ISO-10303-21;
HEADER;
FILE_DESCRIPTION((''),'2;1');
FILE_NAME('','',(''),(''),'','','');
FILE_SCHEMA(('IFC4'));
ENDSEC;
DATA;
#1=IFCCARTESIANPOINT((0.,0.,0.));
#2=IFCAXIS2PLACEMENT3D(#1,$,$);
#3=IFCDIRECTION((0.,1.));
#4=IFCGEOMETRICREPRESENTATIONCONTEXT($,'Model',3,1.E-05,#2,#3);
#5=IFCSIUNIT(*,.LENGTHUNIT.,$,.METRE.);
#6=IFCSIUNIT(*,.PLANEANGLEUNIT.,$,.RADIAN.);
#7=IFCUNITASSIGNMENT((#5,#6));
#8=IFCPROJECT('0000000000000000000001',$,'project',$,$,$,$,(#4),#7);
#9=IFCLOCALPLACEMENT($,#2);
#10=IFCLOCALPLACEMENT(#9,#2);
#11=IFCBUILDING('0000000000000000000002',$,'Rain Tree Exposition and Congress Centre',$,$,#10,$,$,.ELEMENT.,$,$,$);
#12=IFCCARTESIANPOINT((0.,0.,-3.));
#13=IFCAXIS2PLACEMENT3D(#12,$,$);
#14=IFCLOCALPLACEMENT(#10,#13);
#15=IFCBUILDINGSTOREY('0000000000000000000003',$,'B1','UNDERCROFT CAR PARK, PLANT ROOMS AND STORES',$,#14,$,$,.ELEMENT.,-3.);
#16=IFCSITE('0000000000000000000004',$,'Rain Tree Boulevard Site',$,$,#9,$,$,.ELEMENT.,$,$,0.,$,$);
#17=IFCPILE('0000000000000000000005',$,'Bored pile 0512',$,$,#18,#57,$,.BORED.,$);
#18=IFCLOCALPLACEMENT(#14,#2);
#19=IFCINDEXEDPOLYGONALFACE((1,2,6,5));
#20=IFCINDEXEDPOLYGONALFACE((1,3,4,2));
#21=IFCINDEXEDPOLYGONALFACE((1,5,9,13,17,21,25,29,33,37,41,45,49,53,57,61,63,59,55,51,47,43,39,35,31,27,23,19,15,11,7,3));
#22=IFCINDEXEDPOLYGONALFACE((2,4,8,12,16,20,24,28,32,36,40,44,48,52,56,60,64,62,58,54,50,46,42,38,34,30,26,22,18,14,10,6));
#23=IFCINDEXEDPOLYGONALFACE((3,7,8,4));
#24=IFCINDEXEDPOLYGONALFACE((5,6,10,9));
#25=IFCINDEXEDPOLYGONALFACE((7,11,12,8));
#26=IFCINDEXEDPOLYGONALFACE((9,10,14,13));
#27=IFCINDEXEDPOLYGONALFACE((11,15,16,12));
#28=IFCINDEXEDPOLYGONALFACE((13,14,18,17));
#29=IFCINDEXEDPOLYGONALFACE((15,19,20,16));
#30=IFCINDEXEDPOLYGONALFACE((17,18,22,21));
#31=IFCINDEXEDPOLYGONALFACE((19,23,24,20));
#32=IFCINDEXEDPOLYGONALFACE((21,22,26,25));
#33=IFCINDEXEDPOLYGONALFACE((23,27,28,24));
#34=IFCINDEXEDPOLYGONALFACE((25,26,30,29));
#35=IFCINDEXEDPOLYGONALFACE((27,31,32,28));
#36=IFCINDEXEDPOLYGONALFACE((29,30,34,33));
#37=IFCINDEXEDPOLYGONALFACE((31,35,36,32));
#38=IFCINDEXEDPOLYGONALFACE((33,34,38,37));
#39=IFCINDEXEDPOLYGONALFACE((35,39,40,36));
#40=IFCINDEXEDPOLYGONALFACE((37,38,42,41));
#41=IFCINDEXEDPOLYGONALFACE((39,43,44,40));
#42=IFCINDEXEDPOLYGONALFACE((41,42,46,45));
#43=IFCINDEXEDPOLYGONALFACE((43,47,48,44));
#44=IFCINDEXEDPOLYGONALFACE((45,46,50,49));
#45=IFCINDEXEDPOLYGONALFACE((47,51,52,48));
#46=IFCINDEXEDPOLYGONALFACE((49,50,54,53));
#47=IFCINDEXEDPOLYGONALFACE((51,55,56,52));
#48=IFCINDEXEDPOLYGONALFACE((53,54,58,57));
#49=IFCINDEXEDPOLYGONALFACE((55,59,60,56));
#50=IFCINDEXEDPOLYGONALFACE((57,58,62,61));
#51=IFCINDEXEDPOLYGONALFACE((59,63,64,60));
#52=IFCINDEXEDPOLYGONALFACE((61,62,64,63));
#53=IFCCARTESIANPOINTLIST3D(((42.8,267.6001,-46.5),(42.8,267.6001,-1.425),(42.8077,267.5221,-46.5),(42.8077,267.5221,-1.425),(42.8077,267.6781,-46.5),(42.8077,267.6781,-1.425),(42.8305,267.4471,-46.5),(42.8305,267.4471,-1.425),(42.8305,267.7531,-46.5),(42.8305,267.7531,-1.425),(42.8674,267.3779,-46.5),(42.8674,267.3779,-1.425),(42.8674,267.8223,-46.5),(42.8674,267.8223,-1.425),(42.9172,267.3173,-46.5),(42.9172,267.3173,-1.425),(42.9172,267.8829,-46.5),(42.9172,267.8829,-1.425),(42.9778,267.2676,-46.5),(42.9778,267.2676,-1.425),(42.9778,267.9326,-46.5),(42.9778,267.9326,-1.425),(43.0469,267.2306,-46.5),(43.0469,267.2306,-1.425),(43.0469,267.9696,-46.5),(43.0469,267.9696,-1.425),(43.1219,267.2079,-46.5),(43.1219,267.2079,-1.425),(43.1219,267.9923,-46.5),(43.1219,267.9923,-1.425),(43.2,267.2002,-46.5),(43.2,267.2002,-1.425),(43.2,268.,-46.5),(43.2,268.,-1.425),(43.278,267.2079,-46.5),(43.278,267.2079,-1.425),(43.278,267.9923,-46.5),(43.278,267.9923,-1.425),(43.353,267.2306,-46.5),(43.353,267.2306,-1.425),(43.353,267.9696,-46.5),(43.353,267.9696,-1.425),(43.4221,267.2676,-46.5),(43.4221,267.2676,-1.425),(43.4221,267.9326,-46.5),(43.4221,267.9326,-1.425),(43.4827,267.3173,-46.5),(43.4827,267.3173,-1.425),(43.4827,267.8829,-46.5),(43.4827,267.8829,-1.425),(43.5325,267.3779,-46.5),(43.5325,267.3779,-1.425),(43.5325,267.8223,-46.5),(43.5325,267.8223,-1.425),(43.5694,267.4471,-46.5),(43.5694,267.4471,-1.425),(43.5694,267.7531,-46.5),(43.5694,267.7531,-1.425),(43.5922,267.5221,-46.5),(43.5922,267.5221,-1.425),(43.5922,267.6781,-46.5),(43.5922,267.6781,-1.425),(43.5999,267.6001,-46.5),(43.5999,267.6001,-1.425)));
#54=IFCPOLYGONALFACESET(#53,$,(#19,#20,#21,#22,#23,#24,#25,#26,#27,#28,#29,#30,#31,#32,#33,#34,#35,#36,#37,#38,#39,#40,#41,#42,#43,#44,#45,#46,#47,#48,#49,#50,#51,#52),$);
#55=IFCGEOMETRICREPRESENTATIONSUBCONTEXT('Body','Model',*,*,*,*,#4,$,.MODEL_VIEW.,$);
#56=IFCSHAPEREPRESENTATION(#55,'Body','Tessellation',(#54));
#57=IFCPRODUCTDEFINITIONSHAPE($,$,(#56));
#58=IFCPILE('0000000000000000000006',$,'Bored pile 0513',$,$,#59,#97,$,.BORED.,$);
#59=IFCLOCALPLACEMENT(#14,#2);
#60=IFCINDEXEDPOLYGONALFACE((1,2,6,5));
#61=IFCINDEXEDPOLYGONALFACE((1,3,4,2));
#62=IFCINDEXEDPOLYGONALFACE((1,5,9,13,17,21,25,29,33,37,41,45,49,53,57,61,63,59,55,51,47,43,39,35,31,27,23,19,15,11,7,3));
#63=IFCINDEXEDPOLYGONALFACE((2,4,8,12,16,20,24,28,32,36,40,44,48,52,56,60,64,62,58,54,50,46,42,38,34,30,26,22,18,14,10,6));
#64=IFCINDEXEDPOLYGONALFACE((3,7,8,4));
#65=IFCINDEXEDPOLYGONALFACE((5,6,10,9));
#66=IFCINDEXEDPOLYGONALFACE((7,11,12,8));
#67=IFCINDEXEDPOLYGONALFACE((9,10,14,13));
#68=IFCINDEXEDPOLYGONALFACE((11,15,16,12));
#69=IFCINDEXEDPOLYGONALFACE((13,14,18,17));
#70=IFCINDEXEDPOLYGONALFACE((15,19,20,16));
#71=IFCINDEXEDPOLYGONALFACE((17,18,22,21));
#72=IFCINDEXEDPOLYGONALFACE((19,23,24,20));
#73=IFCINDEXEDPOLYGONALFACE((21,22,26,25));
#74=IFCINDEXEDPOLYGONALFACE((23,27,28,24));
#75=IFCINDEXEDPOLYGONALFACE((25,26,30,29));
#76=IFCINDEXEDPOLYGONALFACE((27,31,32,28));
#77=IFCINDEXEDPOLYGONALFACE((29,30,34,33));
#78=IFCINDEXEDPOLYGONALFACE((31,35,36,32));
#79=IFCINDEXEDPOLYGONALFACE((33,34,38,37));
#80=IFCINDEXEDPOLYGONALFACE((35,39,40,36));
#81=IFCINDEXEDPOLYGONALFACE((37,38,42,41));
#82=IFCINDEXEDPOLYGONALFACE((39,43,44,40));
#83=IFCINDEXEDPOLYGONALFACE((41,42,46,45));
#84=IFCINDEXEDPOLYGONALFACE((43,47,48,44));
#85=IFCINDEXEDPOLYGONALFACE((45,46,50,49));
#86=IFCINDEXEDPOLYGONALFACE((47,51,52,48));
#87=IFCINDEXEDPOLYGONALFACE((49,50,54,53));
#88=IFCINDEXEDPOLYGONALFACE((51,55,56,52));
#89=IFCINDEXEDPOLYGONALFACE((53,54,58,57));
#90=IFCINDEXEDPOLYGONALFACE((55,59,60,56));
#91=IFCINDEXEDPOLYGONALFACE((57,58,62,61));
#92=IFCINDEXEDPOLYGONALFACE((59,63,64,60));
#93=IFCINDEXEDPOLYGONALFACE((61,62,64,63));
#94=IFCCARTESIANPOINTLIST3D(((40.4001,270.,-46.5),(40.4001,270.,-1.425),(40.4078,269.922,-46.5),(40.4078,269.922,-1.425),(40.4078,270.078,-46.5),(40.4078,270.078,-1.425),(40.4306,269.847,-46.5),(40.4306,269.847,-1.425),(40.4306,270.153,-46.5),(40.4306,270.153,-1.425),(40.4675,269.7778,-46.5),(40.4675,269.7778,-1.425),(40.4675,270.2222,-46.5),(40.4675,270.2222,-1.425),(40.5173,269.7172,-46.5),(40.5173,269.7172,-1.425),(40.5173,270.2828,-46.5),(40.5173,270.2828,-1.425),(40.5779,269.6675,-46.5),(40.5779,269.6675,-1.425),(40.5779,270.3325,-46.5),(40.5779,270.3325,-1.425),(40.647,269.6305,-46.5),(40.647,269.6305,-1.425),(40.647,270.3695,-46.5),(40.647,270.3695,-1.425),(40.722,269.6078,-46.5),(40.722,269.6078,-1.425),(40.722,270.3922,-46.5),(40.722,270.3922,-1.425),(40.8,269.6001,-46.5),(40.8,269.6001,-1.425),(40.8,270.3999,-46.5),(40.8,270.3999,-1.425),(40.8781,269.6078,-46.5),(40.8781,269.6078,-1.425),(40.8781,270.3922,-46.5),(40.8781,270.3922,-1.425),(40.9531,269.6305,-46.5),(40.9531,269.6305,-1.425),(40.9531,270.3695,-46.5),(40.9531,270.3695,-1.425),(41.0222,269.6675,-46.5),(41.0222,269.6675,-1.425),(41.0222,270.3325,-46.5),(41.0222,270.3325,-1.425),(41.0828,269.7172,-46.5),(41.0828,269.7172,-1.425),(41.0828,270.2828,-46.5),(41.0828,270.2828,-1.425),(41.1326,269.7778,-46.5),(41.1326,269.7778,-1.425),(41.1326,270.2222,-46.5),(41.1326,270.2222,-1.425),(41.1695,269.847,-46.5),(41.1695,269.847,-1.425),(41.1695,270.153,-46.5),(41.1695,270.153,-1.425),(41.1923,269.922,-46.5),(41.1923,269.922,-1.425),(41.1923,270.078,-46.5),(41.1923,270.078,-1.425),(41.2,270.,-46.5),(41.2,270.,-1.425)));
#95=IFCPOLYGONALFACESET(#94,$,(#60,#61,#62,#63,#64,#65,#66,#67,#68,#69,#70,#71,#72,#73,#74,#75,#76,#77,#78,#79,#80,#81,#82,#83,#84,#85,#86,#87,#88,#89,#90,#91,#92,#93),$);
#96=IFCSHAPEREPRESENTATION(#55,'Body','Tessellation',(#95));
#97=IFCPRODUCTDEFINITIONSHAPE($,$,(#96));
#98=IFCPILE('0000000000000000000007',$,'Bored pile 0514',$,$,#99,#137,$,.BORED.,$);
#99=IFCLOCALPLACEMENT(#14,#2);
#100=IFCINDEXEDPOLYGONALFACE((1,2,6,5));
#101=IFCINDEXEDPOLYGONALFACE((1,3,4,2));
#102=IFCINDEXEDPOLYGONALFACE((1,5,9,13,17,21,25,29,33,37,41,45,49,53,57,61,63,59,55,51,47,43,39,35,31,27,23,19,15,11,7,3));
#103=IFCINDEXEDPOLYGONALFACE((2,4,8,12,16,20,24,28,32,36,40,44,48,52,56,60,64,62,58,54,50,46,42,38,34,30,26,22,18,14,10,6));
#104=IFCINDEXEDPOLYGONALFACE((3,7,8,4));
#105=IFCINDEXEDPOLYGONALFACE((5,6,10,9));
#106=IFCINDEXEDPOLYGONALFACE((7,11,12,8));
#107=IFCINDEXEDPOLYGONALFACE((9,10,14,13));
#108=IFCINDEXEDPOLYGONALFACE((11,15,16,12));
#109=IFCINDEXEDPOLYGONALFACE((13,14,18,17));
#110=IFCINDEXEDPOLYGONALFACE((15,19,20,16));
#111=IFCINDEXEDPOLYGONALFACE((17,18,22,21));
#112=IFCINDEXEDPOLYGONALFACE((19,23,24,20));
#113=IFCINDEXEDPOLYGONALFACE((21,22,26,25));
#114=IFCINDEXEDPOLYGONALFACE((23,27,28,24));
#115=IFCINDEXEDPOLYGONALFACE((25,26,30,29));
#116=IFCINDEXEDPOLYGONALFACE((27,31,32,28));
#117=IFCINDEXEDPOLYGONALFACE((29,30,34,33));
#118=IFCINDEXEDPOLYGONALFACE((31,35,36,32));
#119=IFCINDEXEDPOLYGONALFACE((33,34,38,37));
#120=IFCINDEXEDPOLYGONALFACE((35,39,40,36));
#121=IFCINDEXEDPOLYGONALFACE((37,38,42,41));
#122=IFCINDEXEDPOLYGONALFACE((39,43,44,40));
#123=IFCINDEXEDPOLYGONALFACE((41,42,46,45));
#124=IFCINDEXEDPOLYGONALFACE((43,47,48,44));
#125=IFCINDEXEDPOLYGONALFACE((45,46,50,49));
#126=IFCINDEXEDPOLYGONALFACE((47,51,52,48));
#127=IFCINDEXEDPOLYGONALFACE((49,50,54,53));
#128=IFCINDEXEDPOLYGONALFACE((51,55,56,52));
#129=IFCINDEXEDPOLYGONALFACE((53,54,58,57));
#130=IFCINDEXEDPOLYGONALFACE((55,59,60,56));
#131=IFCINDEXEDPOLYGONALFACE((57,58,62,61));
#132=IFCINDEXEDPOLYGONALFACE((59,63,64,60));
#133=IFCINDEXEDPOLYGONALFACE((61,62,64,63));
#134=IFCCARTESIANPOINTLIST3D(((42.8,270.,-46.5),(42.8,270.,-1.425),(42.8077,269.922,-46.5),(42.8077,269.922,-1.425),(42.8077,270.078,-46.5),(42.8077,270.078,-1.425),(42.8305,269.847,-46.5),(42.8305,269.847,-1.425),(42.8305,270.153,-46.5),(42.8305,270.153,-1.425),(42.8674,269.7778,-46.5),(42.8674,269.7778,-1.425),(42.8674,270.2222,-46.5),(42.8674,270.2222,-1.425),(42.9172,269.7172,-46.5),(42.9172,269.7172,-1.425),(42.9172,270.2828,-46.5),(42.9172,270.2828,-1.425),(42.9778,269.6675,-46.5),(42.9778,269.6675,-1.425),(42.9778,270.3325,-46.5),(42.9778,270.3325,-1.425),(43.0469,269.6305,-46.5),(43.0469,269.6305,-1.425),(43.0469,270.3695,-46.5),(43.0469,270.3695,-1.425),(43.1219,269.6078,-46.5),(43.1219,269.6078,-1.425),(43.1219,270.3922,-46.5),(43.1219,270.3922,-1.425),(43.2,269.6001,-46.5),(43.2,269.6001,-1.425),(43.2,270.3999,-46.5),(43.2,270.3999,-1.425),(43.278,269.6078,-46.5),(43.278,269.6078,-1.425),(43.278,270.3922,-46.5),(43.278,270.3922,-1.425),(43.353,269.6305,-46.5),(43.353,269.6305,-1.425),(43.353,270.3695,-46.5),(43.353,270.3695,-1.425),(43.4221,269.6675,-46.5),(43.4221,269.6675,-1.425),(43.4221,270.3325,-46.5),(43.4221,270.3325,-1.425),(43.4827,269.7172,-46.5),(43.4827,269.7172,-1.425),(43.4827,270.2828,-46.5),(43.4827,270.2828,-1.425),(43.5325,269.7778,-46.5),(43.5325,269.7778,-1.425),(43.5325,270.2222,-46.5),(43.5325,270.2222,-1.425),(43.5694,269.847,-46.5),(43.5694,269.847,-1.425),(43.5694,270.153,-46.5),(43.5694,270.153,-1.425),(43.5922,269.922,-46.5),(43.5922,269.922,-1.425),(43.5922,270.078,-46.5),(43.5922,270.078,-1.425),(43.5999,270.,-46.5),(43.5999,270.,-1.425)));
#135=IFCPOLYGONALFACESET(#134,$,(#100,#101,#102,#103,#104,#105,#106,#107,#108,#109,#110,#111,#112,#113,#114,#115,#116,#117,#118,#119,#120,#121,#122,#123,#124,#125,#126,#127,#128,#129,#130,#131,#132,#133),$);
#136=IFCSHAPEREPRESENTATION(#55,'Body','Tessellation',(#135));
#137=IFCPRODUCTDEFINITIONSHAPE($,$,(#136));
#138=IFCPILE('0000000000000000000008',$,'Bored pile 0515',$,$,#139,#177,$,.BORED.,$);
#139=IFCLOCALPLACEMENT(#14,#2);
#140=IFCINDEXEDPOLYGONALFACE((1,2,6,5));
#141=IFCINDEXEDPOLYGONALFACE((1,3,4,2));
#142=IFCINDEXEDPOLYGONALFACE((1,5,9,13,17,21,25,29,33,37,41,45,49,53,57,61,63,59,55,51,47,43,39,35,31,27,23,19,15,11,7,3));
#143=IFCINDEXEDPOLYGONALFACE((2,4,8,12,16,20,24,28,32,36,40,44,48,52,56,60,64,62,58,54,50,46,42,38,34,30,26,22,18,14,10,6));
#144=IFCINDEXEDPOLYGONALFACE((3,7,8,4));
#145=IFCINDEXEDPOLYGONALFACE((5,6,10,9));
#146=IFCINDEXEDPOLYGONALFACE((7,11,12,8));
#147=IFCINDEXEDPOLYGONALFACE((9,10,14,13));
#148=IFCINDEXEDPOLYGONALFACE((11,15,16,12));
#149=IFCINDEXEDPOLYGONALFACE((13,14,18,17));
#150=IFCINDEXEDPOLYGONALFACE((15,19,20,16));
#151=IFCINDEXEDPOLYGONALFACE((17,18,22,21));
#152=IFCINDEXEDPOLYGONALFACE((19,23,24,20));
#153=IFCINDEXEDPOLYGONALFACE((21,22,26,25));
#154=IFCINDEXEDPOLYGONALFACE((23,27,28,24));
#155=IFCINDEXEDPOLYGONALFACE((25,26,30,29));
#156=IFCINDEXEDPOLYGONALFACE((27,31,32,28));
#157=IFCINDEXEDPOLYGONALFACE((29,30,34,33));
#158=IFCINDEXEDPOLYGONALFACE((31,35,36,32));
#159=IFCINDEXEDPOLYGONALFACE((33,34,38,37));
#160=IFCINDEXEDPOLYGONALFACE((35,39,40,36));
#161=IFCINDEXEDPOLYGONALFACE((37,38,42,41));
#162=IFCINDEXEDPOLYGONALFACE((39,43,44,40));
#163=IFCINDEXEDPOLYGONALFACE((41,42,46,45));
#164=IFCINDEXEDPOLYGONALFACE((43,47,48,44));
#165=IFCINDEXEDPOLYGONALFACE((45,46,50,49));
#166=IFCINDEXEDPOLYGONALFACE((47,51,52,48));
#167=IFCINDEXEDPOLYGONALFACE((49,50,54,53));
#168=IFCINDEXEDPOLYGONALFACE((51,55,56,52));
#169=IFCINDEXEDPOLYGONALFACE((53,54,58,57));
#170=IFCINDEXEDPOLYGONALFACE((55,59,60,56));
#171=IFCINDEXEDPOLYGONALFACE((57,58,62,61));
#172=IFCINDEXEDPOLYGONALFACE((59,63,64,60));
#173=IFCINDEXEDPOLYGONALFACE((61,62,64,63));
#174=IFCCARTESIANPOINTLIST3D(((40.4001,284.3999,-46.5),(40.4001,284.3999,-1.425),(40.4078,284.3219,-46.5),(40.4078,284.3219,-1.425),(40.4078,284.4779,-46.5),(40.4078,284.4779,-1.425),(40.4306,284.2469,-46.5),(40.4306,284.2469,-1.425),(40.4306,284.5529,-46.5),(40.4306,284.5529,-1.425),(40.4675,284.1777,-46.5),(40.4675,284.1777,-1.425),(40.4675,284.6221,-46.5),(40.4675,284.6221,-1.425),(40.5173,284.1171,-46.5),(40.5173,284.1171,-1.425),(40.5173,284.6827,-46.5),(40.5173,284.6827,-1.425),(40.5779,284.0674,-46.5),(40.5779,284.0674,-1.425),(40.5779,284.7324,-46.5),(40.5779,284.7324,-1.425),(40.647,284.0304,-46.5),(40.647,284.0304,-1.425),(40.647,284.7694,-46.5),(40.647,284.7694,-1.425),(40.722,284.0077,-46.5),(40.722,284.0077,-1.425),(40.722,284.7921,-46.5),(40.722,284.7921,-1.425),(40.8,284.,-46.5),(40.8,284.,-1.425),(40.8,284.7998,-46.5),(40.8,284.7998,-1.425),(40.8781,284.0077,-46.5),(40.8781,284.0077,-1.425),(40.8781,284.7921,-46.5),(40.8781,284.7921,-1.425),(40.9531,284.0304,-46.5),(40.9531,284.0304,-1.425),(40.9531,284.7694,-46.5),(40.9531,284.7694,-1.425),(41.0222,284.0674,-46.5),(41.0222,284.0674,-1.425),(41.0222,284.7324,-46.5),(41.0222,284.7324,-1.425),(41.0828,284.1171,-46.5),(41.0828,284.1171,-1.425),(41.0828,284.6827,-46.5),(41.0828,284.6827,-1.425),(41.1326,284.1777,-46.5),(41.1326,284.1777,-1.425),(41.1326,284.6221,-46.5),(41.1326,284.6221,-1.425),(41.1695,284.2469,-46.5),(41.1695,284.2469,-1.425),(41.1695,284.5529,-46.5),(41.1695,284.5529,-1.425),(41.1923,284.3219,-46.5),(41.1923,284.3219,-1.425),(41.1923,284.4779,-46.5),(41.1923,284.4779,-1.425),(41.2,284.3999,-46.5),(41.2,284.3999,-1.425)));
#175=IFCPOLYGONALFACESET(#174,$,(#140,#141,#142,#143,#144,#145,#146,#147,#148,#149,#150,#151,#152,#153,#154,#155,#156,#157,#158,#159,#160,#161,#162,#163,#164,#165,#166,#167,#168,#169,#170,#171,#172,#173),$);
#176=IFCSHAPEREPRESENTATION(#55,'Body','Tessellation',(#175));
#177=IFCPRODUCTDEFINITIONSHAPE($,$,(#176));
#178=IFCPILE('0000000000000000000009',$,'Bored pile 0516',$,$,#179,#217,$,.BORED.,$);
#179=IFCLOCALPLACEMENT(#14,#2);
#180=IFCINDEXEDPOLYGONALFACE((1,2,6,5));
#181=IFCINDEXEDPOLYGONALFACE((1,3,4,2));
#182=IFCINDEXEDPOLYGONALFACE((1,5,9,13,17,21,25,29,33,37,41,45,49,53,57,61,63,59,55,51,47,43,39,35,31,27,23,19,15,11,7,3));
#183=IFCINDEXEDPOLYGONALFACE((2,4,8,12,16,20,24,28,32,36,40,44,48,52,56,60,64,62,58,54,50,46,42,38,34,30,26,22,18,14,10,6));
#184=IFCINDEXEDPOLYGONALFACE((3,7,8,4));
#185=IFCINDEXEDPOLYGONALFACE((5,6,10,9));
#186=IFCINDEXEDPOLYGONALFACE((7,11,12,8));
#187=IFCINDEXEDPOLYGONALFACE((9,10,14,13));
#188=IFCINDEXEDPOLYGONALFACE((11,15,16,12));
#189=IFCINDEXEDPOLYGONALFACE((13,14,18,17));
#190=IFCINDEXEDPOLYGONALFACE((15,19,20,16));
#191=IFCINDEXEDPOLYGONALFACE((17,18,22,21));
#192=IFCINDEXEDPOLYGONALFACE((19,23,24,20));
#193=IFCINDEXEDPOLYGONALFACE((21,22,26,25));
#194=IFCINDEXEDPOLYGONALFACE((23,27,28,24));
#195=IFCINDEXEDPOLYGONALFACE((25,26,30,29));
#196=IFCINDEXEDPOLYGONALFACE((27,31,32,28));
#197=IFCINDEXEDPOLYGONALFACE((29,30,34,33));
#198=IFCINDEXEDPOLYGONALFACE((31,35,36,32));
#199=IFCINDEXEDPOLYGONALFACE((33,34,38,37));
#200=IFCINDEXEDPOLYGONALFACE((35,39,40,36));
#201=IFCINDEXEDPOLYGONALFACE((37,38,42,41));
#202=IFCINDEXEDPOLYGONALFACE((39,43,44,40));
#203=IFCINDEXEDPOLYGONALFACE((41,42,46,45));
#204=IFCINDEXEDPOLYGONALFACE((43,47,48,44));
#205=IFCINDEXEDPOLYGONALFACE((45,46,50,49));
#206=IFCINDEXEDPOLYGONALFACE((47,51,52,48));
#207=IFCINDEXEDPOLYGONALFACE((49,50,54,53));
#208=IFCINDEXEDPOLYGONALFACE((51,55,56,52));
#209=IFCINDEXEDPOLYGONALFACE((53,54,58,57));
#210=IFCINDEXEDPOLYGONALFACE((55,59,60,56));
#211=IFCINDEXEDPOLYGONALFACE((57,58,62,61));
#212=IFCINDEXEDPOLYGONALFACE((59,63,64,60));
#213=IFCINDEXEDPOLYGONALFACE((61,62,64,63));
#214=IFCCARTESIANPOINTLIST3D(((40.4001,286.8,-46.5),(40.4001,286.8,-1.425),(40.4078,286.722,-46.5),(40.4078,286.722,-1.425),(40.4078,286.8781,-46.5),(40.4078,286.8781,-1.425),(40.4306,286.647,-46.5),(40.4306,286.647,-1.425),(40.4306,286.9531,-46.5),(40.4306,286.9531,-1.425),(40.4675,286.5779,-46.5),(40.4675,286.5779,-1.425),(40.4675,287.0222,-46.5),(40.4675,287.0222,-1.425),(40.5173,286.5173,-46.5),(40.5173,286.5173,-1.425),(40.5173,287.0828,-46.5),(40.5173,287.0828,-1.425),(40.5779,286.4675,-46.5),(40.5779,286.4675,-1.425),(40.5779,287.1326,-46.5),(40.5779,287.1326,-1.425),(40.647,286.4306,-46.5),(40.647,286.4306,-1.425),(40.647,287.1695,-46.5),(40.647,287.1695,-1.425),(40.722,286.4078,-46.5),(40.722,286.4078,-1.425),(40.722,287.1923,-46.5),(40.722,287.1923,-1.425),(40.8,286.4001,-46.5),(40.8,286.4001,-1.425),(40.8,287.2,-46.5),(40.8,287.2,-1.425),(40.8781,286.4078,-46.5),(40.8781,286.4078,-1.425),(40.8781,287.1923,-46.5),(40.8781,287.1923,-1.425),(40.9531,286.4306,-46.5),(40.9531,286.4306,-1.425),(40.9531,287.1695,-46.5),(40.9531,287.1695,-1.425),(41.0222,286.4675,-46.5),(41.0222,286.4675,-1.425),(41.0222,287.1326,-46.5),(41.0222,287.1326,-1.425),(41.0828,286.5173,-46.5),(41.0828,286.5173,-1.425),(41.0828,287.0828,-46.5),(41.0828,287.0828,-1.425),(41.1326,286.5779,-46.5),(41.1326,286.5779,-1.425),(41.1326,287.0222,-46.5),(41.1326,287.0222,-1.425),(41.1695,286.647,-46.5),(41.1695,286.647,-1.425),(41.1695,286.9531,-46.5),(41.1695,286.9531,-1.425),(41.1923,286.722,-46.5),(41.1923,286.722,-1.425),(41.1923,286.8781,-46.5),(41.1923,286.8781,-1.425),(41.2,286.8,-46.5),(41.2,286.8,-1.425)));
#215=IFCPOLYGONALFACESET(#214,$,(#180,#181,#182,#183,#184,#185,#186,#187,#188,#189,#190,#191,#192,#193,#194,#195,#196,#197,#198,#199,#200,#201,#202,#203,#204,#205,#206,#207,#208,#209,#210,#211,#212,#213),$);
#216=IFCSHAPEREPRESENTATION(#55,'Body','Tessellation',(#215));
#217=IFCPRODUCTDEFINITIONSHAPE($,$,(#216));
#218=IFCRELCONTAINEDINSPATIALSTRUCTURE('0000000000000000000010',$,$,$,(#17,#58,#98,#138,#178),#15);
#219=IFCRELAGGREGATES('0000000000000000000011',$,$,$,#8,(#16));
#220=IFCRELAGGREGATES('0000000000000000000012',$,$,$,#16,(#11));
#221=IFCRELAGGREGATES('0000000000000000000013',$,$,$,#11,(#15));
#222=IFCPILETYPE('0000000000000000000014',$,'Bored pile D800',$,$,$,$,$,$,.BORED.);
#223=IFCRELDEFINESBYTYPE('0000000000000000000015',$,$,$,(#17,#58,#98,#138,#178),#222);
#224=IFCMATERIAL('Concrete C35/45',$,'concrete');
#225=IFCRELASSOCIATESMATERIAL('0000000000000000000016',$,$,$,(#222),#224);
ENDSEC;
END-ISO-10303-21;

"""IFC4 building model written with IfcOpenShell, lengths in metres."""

from ifc_helpers import new_model, si_unit, direction, frame, origin, origin_2d, place, context, subcontext, project, spatial, circle, extrude, material, material_profile, profile_set, type_object, element, save


model = new_model("IFC4")

# Units and contexts
model_context = context("Model", 3, precision=1e-05, world=origin(), true_north=direction((0.0, 1.0)))
body_context = subcontext(model_context, "Body", "Model", "MODEL_VIEW")
ifc_project = project(units=[si_unit("LENGTHUNIT", "METRE"), si_unit("PLANEANGLEUNIT", "RADIAN")], contexts=[model_context])

# Site, building, storey
site_placement = place(None, origin())
site = spatial("IfcSite", under=ifc_project, at=site_placement, Name="Rain Tree Boulevard Site", CompositionType="ELEMENT", RefElevation=0.0)
building_placement = place(site_placement, origin())
building = spatial("IfcBuilding", under=site, at=building_placement, Name="Rain Tree Exposition and Congress Centre", CompositionType="ELEMENT")
storey_placement = place(building_placement, frame((0.0, 0.0, -3.0)))
storey = spatial("IfcBuildingStorey", under=building, at=storey_placement, Name="B1", Description="UNDERCROFT CAR PARK, PLANT ROOMS AND STORES", CompositionType="ELEMENT", Elevation=-3.0)

# Piles
ifc_material_1 = material(Name="Concrete C35/45", Category="concrete")
ifc_material_profile_1 = material_profile(ifc_material_1, circle(Radius=0.3999, at=origin_2d()), Name="D800")
ifc_profile_set_1 = profile_set([ifc_material_profile_1], Name="Concrete C35/45")
pile_type_1 = type_object("IfcPileType", Name="Bored pile D800", PredefinedType="BORED", material=ifc_profile_set_1)
for number, where, z_axis, x_axis, name in (
    (1, (43.2, 267.6001, -1.425), (0.0, 0.0, -1.0), (1.0, 0.0, 0.0), "Bored pile 0512"),
    (2, (40.8, 270.0, -1.425), (0.0, 0.0, -1.0), (1.0, 0.0, 0.0), "Bored pile 0513"),
    (3, (43.2, 270.0, -1.425), (0.0, 0.0, -1.0), (1.0, 0.0, 0.0), "Bored pile 0514"),
    (4, (40.8, 284.3999, -1.425), (0.0, 0.0, -1.0), (1.0, 0.0, 0.0), "Bored pile 0515"),
    (5, (40.8, 286.8, -1.425), (0.0, 0.0, -1.0), (1.0, 0.0, 0.0), "Bored pile 0516"),
):
    element("IfcPile", number, at=place(storey_placement, frame(where, z_axis=z_axis, x_axis=x_axis)), inside=storey, type_object=pile_type_1, Name=name, PredefinedType="BORED", context=body_context, shape_type="SweptSolid", body=[
        extrude(circle(Radius=0.3999, at=origin_2d()), origin(), (0.0, 0.0, 1.0), 45.075),
    ])

save(model, "model.ifc")
